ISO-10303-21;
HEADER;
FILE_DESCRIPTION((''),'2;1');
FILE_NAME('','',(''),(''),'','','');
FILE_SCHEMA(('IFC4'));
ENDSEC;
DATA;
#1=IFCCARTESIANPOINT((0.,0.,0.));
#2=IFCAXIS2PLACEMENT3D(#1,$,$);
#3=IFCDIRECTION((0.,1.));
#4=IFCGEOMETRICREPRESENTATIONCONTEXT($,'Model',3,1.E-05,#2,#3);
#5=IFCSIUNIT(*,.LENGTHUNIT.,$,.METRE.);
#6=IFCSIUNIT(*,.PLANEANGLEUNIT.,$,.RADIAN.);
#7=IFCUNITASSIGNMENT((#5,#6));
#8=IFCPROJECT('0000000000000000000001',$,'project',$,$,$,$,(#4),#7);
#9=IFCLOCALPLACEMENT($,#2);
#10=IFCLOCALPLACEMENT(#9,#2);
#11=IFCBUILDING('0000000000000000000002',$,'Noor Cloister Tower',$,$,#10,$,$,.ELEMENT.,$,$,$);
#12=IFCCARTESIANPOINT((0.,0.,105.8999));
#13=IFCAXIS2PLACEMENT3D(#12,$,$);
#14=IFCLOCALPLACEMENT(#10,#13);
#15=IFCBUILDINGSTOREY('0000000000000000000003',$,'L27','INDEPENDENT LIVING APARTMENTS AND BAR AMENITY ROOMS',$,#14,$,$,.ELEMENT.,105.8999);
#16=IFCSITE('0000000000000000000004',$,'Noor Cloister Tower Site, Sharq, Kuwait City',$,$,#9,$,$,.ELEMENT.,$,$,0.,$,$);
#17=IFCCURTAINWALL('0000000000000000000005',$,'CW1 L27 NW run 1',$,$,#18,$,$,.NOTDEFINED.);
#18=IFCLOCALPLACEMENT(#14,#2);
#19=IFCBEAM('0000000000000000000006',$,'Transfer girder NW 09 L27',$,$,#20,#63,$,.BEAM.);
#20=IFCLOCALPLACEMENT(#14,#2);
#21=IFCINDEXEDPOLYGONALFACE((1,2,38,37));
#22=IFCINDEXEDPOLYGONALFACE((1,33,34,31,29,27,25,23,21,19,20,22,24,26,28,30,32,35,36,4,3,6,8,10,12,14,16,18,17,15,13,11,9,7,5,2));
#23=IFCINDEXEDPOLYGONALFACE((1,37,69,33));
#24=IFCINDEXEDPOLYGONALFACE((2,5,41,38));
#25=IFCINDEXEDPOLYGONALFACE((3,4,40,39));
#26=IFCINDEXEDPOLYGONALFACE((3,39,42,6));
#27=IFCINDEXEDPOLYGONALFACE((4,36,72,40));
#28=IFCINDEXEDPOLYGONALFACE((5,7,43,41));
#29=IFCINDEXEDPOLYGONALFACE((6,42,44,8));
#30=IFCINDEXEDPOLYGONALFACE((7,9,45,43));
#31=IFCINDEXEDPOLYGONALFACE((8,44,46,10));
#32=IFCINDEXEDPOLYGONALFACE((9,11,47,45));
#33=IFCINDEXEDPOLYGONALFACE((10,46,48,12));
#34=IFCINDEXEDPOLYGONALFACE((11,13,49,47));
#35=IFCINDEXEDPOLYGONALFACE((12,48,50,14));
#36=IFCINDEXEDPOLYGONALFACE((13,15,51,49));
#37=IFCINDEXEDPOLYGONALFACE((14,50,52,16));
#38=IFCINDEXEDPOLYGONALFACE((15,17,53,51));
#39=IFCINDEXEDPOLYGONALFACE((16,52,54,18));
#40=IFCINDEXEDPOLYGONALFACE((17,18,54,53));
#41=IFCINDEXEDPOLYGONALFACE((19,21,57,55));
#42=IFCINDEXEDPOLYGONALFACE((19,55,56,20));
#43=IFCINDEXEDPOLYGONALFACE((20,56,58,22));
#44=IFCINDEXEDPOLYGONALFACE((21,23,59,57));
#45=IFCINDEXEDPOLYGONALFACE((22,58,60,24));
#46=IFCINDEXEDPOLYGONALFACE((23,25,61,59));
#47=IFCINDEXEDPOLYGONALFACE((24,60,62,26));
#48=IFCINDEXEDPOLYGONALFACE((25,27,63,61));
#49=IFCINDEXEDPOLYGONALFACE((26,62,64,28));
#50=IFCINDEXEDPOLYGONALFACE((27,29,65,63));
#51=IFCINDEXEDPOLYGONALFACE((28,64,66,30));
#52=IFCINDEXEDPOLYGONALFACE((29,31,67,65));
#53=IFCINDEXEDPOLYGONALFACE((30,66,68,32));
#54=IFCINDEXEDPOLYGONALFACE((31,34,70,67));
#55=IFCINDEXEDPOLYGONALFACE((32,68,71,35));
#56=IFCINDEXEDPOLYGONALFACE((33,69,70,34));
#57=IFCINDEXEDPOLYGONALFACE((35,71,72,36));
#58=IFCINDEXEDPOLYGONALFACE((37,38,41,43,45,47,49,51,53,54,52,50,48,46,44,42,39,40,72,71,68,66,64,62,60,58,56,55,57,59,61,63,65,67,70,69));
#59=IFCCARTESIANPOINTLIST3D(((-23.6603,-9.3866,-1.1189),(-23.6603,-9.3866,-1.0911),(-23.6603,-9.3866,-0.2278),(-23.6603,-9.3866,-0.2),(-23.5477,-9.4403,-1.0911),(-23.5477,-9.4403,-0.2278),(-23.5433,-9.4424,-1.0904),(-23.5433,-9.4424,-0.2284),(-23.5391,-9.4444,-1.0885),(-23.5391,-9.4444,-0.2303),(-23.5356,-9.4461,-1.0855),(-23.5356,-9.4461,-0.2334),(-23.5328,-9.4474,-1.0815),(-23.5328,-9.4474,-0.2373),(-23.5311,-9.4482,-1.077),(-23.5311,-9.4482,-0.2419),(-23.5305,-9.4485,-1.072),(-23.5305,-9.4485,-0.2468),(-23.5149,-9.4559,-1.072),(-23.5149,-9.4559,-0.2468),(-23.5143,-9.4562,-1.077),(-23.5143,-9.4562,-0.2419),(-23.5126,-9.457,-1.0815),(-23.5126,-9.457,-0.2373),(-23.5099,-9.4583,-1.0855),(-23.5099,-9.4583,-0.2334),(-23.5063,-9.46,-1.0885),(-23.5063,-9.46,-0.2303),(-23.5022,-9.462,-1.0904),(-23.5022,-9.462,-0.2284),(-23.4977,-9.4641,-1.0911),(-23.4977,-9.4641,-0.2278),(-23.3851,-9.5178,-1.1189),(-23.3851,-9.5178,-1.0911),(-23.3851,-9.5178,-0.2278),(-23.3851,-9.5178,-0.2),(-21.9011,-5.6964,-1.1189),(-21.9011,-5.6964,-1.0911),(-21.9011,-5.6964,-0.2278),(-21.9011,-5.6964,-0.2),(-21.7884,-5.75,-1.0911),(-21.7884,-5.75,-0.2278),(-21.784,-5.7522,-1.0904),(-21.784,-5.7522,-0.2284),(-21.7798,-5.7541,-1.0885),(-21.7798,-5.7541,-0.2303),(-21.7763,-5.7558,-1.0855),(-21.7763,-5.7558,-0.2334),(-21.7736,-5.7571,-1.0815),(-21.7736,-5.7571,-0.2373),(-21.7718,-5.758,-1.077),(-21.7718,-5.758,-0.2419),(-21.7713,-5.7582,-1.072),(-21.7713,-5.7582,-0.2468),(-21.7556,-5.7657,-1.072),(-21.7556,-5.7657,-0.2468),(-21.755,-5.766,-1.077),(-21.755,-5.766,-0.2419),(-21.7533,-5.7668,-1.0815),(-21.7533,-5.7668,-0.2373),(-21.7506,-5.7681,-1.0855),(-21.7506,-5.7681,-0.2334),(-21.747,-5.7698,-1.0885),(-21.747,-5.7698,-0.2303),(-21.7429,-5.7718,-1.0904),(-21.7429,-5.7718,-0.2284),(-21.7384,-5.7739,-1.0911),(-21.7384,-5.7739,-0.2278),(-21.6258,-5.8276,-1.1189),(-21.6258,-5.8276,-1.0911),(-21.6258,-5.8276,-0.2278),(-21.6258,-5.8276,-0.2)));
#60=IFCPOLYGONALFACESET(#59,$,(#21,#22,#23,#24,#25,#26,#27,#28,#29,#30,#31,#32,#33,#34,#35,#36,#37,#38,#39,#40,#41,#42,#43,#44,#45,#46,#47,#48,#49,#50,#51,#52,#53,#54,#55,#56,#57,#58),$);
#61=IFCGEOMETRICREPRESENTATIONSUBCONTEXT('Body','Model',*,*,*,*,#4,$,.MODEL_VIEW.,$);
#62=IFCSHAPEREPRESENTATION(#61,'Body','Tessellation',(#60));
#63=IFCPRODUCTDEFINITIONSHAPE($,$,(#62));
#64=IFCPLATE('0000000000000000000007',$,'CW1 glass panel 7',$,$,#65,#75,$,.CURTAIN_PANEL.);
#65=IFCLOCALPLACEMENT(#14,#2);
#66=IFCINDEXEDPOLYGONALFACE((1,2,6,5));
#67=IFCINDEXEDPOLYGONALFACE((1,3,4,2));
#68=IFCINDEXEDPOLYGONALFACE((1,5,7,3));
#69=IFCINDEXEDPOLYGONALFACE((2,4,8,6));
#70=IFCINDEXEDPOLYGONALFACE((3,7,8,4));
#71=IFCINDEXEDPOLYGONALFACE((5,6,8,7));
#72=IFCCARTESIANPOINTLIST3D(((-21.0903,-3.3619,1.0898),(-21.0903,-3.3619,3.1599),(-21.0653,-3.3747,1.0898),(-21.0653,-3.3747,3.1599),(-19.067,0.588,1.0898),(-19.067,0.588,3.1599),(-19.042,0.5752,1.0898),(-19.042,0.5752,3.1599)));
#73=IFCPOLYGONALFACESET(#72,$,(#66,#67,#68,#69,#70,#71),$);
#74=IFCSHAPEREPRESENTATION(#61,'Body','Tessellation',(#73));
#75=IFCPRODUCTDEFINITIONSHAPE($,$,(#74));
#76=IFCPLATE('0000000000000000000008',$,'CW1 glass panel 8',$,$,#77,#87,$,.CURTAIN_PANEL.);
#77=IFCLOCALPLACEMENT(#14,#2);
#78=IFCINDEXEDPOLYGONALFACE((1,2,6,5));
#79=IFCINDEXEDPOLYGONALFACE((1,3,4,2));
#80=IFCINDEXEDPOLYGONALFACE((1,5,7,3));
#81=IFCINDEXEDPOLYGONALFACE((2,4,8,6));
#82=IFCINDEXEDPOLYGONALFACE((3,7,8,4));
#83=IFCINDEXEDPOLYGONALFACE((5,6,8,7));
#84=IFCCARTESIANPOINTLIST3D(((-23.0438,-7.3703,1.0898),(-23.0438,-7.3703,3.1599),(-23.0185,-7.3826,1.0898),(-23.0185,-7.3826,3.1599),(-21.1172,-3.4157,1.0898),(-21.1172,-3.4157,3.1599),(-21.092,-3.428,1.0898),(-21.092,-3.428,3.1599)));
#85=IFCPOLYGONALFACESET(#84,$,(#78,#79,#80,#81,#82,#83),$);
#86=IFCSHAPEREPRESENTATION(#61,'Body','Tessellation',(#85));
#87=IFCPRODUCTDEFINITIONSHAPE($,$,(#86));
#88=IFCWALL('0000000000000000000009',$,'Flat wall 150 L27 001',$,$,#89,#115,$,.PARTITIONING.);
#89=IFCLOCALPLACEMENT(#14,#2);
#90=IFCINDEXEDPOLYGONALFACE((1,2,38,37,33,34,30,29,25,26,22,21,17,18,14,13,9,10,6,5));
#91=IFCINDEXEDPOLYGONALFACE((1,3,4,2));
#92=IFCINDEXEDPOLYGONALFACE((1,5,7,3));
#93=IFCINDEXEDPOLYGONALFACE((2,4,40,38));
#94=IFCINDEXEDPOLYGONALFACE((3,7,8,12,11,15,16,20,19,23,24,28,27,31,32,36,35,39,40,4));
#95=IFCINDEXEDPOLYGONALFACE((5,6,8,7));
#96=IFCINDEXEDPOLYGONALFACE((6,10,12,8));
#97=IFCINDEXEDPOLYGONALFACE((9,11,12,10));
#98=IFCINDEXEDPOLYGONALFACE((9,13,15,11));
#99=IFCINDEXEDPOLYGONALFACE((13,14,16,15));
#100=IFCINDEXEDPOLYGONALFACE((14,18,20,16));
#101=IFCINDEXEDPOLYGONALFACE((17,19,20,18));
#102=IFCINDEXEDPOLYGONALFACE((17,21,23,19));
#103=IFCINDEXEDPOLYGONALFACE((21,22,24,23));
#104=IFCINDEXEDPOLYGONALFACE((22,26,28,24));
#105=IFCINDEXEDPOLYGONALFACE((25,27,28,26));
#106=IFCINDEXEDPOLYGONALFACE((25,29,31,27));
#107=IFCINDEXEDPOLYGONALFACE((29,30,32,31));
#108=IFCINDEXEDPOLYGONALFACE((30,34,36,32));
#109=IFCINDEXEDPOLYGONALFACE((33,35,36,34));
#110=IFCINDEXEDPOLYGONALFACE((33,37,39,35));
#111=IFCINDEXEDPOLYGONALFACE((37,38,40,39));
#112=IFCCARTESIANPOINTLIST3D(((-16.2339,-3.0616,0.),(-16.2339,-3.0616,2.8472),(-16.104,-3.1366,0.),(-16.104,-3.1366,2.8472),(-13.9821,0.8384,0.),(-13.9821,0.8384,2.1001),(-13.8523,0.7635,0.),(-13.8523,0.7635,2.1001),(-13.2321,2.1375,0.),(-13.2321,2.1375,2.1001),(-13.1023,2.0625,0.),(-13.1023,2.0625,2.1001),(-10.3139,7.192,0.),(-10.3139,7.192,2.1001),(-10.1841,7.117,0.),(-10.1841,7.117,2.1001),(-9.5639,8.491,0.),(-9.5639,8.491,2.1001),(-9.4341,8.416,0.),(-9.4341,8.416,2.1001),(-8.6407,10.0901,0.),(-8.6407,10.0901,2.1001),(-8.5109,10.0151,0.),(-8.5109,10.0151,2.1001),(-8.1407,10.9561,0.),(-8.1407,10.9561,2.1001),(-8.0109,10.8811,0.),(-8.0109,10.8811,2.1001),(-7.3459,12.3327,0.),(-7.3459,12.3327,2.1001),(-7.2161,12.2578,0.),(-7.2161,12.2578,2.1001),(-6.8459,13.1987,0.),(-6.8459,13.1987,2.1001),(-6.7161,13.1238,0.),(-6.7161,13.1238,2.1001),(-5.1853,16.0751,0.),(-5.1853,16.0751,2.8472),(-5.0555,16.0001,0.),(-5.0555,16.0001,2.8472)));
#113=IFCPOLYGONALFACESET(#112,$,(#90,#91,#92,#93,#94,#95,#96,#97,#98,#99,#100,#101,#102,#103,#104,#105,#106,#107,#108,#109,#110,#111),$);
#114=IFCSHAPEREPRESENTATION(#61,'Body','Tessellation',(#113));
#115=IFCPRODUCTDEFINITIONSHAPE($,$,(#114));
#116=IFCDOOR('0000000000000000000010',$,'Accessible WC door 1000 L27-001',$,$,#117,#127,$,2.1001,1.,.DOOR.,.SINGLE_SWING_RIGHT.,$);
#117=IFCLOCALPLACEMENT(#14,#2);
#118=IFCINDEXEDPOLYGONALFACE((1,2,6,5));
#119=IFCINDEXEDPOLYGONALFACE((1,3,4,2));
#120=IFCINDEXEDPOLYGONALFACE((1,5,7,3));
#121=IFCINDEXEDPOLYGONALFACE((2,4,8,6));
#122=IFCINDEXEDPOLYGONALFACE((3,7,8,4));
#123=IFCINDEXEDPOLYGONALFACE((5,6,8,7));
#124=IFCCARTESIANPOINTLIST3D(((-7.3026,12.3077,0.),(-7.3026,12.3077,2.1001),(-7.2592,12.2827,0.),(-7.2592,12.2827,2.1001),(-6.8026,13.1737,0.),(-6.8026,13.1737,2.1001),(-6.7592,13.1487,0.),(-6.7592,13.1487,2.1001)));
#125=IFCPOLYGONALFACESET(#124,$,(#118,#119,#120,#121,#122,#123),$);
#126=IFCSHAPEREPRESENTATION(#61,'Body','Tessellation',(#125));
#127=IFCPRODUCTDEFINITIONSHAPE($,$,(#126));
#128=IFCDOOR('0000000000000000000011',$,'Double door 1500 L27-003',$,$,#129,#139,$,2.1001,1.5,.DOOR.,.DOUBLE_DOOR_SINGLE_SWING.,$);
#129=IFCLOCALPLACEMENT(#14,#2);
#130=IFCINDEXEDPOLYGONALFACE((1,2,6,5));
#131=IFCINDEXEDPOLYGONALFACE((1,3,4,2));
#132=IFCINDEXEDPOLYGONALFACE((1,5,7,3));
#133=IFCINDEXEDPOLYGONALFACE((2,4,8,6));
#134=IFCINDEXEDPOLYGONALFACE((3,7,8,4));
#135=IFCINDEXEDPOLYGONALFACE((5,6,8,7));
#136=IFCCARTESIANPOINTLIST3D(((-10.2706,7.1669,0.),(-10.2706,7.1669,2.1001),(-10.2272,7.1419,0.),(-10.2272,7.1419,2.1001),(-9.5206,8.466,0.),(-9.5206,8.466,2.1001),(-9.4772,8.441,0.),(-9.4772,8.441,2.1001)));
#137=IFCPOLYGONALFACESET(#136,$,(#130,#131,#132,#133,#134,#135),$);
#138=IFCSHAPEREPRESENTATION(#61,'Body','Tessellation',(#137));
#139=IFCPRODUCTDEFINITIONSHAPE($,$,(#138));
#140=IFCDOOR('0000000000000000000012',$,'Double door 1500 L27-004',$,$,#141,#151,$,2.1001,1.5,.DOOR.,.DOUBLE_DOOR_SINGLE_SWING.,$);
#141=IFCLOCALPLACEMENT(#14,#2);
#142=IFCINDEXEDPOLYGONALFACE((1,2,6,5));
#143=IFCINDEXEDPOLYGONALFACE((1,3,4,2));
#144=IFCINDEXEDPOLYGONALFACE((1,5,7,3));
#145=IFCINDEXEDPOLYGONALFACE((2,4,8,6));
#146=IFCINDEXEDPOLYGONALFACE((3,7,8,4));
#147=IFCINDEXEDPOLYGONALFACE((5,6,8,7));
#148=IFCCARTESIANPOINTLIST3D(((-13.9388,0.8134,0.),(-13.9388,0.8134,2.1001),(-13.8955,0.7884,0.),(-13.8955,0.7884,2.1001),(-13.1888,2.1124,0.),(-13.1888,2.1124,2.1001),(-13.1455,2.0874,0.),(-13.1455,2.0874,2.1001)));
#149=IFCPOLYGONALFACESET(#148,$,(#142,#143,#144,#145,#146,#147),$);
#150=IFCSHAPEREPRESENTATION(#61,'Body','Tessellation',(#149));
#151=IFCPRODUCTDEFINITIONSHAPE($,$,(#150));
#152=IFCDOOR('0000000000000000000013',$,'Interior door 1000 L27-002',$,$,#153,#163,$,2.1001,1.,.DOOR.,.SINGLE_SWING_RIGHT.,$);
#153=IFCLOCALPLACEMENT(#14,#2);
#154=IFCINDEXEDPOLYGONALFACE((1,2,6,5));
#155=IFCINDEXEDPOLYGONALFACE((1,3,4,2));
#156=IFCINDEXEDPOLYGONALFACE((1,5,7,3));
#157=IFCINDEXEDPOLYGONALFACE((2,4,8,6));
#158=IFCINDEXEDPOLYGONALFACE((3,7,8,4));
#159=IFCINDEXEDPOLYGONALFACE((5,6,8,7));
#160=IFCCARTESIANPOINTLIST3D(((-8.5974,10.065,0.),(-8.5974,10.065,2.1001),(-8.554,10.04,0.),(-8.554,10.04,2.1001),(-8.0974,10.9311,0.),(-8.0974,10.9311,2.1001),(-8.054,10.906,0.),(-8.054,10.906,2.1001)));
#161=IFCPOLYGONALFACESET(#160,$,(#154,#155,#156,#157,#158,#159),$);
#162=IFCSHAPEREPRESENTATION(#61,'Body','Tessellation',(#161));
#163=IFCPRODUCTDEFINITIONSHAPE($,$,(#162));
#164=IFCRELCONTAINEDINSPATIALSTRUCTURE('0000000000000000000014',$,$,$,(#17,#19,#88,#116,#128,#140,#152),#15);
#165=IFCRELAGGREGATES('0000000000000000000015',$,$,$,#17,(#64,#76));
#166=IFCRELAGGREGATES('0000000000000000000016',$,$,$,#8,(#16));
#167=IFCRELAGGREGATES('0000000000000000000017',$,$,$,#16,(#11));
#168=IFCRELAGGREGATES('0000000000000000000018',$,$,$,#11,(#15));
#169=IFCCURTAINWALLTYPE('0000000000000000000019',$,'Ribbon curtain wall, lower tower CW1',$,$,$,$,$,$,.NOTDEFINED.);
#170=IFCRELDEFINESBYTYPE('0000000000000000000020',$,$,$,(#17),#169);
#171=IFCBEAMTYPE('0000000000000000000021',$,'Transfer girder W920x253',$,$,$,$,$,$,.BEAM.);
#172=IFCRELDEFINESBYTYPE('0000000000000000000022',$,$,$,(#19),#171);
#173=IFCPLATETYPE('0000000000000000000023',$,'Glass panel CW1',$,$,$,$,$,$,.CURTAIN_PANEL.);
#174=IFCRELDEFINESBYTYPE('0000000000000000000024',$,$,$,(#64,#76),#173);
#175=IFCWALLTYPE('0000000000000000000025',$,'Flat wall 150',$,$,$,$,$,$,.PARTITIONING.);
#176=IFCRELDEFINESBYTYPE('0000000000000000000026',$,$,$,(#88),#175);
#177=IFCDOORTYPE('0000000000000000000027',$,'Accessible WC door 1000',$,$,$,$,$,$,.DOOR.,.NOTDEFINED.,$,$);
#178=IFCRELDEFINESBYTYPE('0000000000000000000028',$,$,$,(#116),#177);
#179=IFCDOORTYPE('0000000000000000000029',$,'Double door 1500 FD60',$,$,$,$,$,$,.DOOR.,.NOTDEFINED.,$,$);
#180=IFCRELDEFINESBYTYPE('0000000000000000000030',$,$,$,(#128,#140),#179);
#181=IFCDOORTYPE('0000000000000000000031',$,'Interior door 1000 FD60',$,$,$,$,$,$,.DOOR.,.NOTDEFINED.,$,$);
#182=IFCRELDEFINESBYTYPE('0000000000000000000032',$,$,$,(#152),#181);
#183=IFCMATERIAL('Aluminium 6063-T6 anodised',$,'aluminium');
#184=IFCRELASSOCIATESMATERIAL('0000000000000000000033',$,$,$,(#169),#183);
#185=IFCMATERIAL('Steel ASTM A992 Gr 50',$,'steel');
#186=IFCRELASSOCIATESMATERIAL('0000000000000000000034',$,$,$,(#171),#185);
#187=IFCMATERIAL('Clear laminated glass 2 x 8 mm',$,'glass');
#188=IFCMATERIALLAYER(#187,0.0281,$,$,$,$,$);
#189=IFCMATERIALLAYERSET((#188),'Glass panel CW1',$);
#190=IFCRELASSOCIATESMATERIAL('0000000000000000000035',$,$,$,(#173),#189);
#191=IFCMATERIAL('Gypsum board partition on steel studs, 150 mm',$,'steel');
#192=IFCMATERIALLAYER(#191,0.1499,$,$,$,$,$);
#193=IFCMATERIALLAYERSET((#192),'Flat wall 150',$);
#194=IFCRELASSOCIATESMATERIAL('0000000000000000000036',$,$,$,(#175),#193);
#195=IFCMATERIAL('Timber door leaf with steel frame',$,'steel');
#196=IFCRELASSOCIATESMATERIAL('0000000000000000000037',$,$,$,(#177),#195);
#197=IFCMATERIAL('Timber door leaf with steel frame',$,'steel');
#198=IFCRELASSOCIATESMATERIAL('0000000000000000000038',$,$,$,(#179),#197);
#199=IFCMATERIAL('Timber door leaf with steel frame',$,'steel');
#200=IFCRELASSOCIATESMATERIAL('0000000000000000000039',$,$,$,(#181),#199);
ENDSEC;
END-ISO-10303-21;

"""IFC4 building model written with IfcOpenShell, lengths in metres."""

from ifc_helpers import new_model, si_unit, direction, frame, frame_2d, origin, origin_2d, place, context, subcontext, project, spatial, rectangle, i_section, extrude, material, layer, layer_set, material_profile, profile_set, type_object, element, fill, aggregate, save


model = new_model("IFC4")

# Units and contexts
model_context = context("Model", 3, precision=1e-05, world=origin(), true_north=direction((0.0, 1.0)))
body_context = subcontext(model_context, "Body", "Model", "MODEL_VIEW")
ifc_project = project(units=[si_unit("LENGTHUNIT", "METRE"), si_unit("PLANEANGLEUNIT", "RADIAN")], contexts=[model_context])

# Site, building, storey
site_placement = place(None, origin())
site = spatial("IfcSite", under=ifc_project, at=site_placement, Name="Noor Cloister Tower Site, Sharq, Kuwait City", CompositionType="ELEMENT", RefElevation=0.0)
building_placement = place(site_placement, origin())
building = spatial("IfcBuilding", under=site, at=building_placement, Name="Noor Cloister Tower", CompositionType="ELEMENT")
storey_placement = place(building_placement, frame((0.0, 0.0, 105.8999)))
storey = spatial("IfcBuildingStorey", under=building, at=storey_placement, Name="L27", Description="INDEPENDENT LIVING APARTMENTS AND BAR AMENITY ROOMS", CompositionType="ELEMENT", Elevation=105.8999)

# Curtain wall
ifc_material_1 = material(Name="Aluminium 6063-T6 anodised", Category="aluminium")
curtain_wall_type = type_object("IfcCurtainWallType", Name="Ribbon curtain wall, lower tower CW1", PredefinedType="NOTDEFINED", material=ifc_material_1)
curtain_wall_placement = place(storey_placement, origin())
curtain_wall = element("IfcCurtainWall", 1, at=curtain_wall_placement, inside=storey, type_object=curtain_wall_type, Name="CW1 L27 NW run 1", PredefinedType="NOTDEFINED")

# Beam
ifc_material_2 = material(Name="Steel ASTM A992 Gr 50", Category="steel")
ifc_material_profile_1 = material_profile(ifc_material_2, i_section(OverallWidth=0.3049, OverallDepth=0.9189, WebThickness=0.0173, FlangeThickness=0.0278, FilletRadius=0.019, at=origin_2d()), Name="W920x253")
ifc_profile_set_1 = profile_set([ifc_material_profile_1], Name="Steel ASTM A992 Gr 50")
beam_type_1 = type_object("IfcBeamType", Name="Transfer girder W920x253", PredefinedType="BEAM", material=ifc_profile_set_1)
for number, where, z_axis, x_axis, name in (
    (2, (-21.7634, -5.762, -0.6594), (-0.430342, -0.902666, 0.0), (0.902666, -0.430342, 0.0), "Transfer girder NW 09 L27"),
):
    element("IfcBeam", number, at=place(storey_placement, frame(where, z_axis=z_axis, x_axis=x_axis)), inside=storey, type_object=beam_type_1, Name=name, PredefinedType="BEAM", context=body_context, shape_type="SweptSolid", body=[
        extrude(i_section(OverallWidth=0.3049, OverallDepth=0.9189, WebThickness=0.0173, FlangeThickness=0.0278, FilletRadius=0.019, at=origin_2d()), origin(), (0.0, 0.0, 1.0), 4.0881),
    ])

# Plates
ifc_material_3 = material(Name="Clear laminated glass 2 x 8 mm", Category="glass")
ifc_layer_1 = layer(ifc_material_3, 0.0281)
ifc_layer_set_1 = layer_set([ifc_layer_1], Name="Glass panel CW1")
plate_type = type_object("IfcPlateType", Name="Glass panel CW1", PredefinedType="CURTAIN_PANEL", material=ifc_layer_set_1)
plate_1_placement = place(storey_placement, frame((-20.0662, -1.3933, 1.0898), z_axis=(0.0, 0.0, 1.0), x_axis=(-0.455917, -0.890022, 0.0)))
plate_1 = element("IfcPlate", 3, at=plate_1_placement, type_object=plate_type, Name="CW1 glass panel 7", PredefinedType="CURTAIN_PANEL", context=body_context, shape_type="SweptSolid", body=[
    extrude(rectangle(XDim=4.438, YDim=0.0281, at=origin_2d()), origin(), (0.0, 0.0, 1.0), 2.0701),
])
plate_2_placement = place(storey_placement, frame((-22.0679, -5.3992, 1.0898), z_axis=(0.0, 0.0, 1.0), x_axis=(-0.437955, -0.898997, 0.0)))
plate_2 = element("IfcPlate", 4, at=plate_2_placement, type_object=plate_type, Name="CW1 glass panel 8", PredefinedType="CURTAIN_PANEL", context=body_context, shape_type="SweptSolid", body=[
    extrude(rectangle(XDim=4.3989, YDim=0.0281, at=origin_2d()), origin(), (0.0, 0.0, 1.0), 2.0701),
])
aggregate(curtain_wall, [plate_1, plate_2])

# Wall, openings, doors
ifc_material_4 = material(Name="Gypsum board partition on steel studs, 150 mm", Category="steel")
ifc_layer_2 = layer(ifc_material_4, 0.1499)
ifc_layer_set_2 = layer_set([ifc_layer_2], Name="Flat wall 150")
wall_type_1 = type_object("IfcWallType", Name="Flat wall 150", PredefinedType="PARTITIONING", material=ifc_layer_set_2)
wall_1_placement = place(storey_placement, frame((-16.1689, -3.0991, 0.0), z_axis=(0.0, 0.0, 1.0), x_axis=(0.5, 0.866026, 0.0)))
wall_1 = element("IfcWall", 5, at=wall_1_placement, inside=storey, type_object=wall_type_1, Name="Flat wall 150 L27 001", PredefinedType="PARTITIONING", context=body_context, shape_type="SweptSolid", body=[
    extrude(rectangle(XDim=22.0972, YDim=0.1499, at=frame_2d((11.0486, 0.0))), origin(), (0.0, 0.0, 1.0), 2.8472),
])
opening_1_placement = place(wall_1_placement, frame((17.7759, 0.0, 0.0)))
opening_1 = element("IfcOpeningElement", 6, at=opening_1_placement, cuts=wall_1, PredefinedType="OPENING", context=body_context, shape_type="SweptSolid", body=[
    extrude(rectangle(XDim=1.0, YDim=2.1001, at=frame_2d((0.5, 1.05))), frame((0.0, 0.085, 0.0), z_axis=(0.0, -1.0, 0.0), x_axis=(1.0, 0.0, 0.0)), (0.0, 0.0, 1.0), 0.1699),
])
opening_2_placement = place(wall_1_placement, frame((15.1863, 0.0, 0.0)))
opening_2 = element("IfcOpeningElement", 7, at=opening_2_placement, cuts=wall_1, PredefinedType="OPENING", context=body_context, shape_type="SweptSolid", body=[
    extrude(rectangle(XDim=1.0, YDim=2.1001, at=frame_2d((0.5, 1.05))), frame((0.0, 0.085, 0.0), z_axis=(0.0, -1.0, 0.0), x_axis=(1.0, 0.0, 0.0)), (0.0, 0.0, 1.0), 0.1699),
])
opening_3_placement = place(wall_1_placement, frame((11.8398, 0.0, 0.0)))
opening_3 = element("IfcOpeningElement", 8, at=opening_3_placement, cuts=wall_1, PredefinedType="OPENING", context=body_context, shape_type="SweptSolid", body=[
    extrude(rectangle(XDim=1.5, YDim=2.1001, at=frame_2d((0.75, 1.05))), frame((0.0, 0.085, 0.0), z_axis=(0.0, -1.0, 0.0), x_axis=(1.0, 0.0, 0.0)), (0.0, 0.0, 1.0), 0.1699),
])
opening_4_placement = place(wall_1_placement, frame((4.5034, 0.0, 0.0)))
opening_4 = element("IfcOpeningElement", 9, at=opening_4_placement, cuts=wall_1, PredefinedType="OPENING", context=body_context, shape_type="SweptSolid", body=[
    extrude(rectangle(XDim=1.5, YDim=2.1001, at=frame_2d((0.75, 1.05))), frame((0.0, 0.085, 0.0), z_axis=(0.0, -1.0, 0.0), x_axis=(1.0, 0.0, 0.0)), (0.0, 0.0, 1.0), 0.1699),
])
ifc_material_5 = material(Name="Timber door leaf with steel frame", Category="steel")
door_type_1 = type_object("IfcDoorType", Name="Accessible WC door 1000", OperationType="NOTDEFINED", PredefinedType="DOOR", material=ifc_material_5)
door_1_placement = place(opening_1_placement, origin())
door_1 = element("IfcDoor", 10, at=door_1_placement, inside=storey, type_object=door_type_1, Name="Accessible WC door 1000 L27-001", OperationType="SINGLE_SWING_RIGHT", OverallHeight=2.1001, OverallWidth=1.0, PredefinedType="DOOR", context=body_context, shape_type="SweptSolid", body=[
    extrude(rectangle(XDim=1.0, YDim=2.1001, at=frame_2d((0.5, 1.05))), frame((0.0, 0.0249, 0.0), z_axis=(0.0, -1.0, 0.0), x_axis=(1.0, 0.0, 0.0)), (0.0, 0.0, 1.0), 0.05),
])
fill(opening_1, door_1)
ifc_material_6 = material(Name="Timber door leaf with steel frame", Category="steel")
door_type_2 = type_object("IfcDoorType", Name="Double door 1500 FD60", OperationType="NOTDEFINED", PredefinedType="DOOR", material=ifc_material_6)
door_2_placement = place(opening_3_placement, origin())
door_2 = element("IfcDoor", 11, at=door_2_placement, inside=storey, type_object=door_type_2, Name="Double door 1500 L27-003", OperationType="DOUBLE_DOOR_SINGLE_SWING", OverallHeight=2.1001, OverallWidth=1.5, PredefinedType="DOOR", context=body_context, shape_type="SweptSolid", body=[
    extrude(rectangle(XDim=1.5, YDim=2.1001, at=frame_2d((0.75, 1.05))), frame((0.0, 0.0249, 0.0), z_axis=(0.0, -1.0, 0.0), x_axis=(1.0, 0.0, 0.0)), (0.0, 0.0, 1.0), 0.05),
])
fill(opening_3, door_2)
door_3_placement = place(opening_4_placement, origin())
door_3 = element("IfcDoor", 12, at=door_3_placement, inside=storey, type_object=door_type_2, Name="Double door 1500 L27-004", OperationType="DOUBLE_DOOR_SINGLE_SWING", OverallHeight=2.1001, OverallWidth=1.5, PredefinedType="DOOR", context=body_context, shape_type="SweptSolid", body=[
    extrude(rectangle(XDim=1.5, YDim=2.1001, at=frame_2d((0.75, 1.05))), frame((0.0, 0.0249, 0.0), z_axis=(0.0, -1.0, 0.0), x_axis=(1.0, 0.0, 0.0)), (0.0, 0.0, 1.0), 0.05),
])
fill(opening_4, door_3)
ifc_material_7 = material(Name="Timber door leaf with steel frame", Category="steel")
door_type_3 = type_object("IfcDoorType", Name="Interior door 1000 FD60", OperationType="NOTDEFINED", PredefinedType="DOOR", material=ifc_material_7)
door_4_placement = place(opening_2_placement, origin())
door_4 = element("IfcDoor", 13, at=door_4_placement, inside=storey, type_object=door_type_3, Name="Interior door 1000 L27-002", OperationType="SINGLE_SWING_RIGHT", OverallHeight=2.1001, OverallWidth=1.0, PredefinedType="DOOR", context=body_context, shape_type="SweptSolid", body=[
    extrude(rectangle(XDim=1.0, YDim=2.1001, at=frame_2d((0.5, 1.05))), frame((0.0, 0.0249, 0.0), z_axis=(0.0, -1.0, 0.0), x_axis=(1.0, 0.0, 0.0)), (0.0, 0.0, 1.0), 0.05),
])
fill(opening_2, door_4)

save(model, "model.ifc")
